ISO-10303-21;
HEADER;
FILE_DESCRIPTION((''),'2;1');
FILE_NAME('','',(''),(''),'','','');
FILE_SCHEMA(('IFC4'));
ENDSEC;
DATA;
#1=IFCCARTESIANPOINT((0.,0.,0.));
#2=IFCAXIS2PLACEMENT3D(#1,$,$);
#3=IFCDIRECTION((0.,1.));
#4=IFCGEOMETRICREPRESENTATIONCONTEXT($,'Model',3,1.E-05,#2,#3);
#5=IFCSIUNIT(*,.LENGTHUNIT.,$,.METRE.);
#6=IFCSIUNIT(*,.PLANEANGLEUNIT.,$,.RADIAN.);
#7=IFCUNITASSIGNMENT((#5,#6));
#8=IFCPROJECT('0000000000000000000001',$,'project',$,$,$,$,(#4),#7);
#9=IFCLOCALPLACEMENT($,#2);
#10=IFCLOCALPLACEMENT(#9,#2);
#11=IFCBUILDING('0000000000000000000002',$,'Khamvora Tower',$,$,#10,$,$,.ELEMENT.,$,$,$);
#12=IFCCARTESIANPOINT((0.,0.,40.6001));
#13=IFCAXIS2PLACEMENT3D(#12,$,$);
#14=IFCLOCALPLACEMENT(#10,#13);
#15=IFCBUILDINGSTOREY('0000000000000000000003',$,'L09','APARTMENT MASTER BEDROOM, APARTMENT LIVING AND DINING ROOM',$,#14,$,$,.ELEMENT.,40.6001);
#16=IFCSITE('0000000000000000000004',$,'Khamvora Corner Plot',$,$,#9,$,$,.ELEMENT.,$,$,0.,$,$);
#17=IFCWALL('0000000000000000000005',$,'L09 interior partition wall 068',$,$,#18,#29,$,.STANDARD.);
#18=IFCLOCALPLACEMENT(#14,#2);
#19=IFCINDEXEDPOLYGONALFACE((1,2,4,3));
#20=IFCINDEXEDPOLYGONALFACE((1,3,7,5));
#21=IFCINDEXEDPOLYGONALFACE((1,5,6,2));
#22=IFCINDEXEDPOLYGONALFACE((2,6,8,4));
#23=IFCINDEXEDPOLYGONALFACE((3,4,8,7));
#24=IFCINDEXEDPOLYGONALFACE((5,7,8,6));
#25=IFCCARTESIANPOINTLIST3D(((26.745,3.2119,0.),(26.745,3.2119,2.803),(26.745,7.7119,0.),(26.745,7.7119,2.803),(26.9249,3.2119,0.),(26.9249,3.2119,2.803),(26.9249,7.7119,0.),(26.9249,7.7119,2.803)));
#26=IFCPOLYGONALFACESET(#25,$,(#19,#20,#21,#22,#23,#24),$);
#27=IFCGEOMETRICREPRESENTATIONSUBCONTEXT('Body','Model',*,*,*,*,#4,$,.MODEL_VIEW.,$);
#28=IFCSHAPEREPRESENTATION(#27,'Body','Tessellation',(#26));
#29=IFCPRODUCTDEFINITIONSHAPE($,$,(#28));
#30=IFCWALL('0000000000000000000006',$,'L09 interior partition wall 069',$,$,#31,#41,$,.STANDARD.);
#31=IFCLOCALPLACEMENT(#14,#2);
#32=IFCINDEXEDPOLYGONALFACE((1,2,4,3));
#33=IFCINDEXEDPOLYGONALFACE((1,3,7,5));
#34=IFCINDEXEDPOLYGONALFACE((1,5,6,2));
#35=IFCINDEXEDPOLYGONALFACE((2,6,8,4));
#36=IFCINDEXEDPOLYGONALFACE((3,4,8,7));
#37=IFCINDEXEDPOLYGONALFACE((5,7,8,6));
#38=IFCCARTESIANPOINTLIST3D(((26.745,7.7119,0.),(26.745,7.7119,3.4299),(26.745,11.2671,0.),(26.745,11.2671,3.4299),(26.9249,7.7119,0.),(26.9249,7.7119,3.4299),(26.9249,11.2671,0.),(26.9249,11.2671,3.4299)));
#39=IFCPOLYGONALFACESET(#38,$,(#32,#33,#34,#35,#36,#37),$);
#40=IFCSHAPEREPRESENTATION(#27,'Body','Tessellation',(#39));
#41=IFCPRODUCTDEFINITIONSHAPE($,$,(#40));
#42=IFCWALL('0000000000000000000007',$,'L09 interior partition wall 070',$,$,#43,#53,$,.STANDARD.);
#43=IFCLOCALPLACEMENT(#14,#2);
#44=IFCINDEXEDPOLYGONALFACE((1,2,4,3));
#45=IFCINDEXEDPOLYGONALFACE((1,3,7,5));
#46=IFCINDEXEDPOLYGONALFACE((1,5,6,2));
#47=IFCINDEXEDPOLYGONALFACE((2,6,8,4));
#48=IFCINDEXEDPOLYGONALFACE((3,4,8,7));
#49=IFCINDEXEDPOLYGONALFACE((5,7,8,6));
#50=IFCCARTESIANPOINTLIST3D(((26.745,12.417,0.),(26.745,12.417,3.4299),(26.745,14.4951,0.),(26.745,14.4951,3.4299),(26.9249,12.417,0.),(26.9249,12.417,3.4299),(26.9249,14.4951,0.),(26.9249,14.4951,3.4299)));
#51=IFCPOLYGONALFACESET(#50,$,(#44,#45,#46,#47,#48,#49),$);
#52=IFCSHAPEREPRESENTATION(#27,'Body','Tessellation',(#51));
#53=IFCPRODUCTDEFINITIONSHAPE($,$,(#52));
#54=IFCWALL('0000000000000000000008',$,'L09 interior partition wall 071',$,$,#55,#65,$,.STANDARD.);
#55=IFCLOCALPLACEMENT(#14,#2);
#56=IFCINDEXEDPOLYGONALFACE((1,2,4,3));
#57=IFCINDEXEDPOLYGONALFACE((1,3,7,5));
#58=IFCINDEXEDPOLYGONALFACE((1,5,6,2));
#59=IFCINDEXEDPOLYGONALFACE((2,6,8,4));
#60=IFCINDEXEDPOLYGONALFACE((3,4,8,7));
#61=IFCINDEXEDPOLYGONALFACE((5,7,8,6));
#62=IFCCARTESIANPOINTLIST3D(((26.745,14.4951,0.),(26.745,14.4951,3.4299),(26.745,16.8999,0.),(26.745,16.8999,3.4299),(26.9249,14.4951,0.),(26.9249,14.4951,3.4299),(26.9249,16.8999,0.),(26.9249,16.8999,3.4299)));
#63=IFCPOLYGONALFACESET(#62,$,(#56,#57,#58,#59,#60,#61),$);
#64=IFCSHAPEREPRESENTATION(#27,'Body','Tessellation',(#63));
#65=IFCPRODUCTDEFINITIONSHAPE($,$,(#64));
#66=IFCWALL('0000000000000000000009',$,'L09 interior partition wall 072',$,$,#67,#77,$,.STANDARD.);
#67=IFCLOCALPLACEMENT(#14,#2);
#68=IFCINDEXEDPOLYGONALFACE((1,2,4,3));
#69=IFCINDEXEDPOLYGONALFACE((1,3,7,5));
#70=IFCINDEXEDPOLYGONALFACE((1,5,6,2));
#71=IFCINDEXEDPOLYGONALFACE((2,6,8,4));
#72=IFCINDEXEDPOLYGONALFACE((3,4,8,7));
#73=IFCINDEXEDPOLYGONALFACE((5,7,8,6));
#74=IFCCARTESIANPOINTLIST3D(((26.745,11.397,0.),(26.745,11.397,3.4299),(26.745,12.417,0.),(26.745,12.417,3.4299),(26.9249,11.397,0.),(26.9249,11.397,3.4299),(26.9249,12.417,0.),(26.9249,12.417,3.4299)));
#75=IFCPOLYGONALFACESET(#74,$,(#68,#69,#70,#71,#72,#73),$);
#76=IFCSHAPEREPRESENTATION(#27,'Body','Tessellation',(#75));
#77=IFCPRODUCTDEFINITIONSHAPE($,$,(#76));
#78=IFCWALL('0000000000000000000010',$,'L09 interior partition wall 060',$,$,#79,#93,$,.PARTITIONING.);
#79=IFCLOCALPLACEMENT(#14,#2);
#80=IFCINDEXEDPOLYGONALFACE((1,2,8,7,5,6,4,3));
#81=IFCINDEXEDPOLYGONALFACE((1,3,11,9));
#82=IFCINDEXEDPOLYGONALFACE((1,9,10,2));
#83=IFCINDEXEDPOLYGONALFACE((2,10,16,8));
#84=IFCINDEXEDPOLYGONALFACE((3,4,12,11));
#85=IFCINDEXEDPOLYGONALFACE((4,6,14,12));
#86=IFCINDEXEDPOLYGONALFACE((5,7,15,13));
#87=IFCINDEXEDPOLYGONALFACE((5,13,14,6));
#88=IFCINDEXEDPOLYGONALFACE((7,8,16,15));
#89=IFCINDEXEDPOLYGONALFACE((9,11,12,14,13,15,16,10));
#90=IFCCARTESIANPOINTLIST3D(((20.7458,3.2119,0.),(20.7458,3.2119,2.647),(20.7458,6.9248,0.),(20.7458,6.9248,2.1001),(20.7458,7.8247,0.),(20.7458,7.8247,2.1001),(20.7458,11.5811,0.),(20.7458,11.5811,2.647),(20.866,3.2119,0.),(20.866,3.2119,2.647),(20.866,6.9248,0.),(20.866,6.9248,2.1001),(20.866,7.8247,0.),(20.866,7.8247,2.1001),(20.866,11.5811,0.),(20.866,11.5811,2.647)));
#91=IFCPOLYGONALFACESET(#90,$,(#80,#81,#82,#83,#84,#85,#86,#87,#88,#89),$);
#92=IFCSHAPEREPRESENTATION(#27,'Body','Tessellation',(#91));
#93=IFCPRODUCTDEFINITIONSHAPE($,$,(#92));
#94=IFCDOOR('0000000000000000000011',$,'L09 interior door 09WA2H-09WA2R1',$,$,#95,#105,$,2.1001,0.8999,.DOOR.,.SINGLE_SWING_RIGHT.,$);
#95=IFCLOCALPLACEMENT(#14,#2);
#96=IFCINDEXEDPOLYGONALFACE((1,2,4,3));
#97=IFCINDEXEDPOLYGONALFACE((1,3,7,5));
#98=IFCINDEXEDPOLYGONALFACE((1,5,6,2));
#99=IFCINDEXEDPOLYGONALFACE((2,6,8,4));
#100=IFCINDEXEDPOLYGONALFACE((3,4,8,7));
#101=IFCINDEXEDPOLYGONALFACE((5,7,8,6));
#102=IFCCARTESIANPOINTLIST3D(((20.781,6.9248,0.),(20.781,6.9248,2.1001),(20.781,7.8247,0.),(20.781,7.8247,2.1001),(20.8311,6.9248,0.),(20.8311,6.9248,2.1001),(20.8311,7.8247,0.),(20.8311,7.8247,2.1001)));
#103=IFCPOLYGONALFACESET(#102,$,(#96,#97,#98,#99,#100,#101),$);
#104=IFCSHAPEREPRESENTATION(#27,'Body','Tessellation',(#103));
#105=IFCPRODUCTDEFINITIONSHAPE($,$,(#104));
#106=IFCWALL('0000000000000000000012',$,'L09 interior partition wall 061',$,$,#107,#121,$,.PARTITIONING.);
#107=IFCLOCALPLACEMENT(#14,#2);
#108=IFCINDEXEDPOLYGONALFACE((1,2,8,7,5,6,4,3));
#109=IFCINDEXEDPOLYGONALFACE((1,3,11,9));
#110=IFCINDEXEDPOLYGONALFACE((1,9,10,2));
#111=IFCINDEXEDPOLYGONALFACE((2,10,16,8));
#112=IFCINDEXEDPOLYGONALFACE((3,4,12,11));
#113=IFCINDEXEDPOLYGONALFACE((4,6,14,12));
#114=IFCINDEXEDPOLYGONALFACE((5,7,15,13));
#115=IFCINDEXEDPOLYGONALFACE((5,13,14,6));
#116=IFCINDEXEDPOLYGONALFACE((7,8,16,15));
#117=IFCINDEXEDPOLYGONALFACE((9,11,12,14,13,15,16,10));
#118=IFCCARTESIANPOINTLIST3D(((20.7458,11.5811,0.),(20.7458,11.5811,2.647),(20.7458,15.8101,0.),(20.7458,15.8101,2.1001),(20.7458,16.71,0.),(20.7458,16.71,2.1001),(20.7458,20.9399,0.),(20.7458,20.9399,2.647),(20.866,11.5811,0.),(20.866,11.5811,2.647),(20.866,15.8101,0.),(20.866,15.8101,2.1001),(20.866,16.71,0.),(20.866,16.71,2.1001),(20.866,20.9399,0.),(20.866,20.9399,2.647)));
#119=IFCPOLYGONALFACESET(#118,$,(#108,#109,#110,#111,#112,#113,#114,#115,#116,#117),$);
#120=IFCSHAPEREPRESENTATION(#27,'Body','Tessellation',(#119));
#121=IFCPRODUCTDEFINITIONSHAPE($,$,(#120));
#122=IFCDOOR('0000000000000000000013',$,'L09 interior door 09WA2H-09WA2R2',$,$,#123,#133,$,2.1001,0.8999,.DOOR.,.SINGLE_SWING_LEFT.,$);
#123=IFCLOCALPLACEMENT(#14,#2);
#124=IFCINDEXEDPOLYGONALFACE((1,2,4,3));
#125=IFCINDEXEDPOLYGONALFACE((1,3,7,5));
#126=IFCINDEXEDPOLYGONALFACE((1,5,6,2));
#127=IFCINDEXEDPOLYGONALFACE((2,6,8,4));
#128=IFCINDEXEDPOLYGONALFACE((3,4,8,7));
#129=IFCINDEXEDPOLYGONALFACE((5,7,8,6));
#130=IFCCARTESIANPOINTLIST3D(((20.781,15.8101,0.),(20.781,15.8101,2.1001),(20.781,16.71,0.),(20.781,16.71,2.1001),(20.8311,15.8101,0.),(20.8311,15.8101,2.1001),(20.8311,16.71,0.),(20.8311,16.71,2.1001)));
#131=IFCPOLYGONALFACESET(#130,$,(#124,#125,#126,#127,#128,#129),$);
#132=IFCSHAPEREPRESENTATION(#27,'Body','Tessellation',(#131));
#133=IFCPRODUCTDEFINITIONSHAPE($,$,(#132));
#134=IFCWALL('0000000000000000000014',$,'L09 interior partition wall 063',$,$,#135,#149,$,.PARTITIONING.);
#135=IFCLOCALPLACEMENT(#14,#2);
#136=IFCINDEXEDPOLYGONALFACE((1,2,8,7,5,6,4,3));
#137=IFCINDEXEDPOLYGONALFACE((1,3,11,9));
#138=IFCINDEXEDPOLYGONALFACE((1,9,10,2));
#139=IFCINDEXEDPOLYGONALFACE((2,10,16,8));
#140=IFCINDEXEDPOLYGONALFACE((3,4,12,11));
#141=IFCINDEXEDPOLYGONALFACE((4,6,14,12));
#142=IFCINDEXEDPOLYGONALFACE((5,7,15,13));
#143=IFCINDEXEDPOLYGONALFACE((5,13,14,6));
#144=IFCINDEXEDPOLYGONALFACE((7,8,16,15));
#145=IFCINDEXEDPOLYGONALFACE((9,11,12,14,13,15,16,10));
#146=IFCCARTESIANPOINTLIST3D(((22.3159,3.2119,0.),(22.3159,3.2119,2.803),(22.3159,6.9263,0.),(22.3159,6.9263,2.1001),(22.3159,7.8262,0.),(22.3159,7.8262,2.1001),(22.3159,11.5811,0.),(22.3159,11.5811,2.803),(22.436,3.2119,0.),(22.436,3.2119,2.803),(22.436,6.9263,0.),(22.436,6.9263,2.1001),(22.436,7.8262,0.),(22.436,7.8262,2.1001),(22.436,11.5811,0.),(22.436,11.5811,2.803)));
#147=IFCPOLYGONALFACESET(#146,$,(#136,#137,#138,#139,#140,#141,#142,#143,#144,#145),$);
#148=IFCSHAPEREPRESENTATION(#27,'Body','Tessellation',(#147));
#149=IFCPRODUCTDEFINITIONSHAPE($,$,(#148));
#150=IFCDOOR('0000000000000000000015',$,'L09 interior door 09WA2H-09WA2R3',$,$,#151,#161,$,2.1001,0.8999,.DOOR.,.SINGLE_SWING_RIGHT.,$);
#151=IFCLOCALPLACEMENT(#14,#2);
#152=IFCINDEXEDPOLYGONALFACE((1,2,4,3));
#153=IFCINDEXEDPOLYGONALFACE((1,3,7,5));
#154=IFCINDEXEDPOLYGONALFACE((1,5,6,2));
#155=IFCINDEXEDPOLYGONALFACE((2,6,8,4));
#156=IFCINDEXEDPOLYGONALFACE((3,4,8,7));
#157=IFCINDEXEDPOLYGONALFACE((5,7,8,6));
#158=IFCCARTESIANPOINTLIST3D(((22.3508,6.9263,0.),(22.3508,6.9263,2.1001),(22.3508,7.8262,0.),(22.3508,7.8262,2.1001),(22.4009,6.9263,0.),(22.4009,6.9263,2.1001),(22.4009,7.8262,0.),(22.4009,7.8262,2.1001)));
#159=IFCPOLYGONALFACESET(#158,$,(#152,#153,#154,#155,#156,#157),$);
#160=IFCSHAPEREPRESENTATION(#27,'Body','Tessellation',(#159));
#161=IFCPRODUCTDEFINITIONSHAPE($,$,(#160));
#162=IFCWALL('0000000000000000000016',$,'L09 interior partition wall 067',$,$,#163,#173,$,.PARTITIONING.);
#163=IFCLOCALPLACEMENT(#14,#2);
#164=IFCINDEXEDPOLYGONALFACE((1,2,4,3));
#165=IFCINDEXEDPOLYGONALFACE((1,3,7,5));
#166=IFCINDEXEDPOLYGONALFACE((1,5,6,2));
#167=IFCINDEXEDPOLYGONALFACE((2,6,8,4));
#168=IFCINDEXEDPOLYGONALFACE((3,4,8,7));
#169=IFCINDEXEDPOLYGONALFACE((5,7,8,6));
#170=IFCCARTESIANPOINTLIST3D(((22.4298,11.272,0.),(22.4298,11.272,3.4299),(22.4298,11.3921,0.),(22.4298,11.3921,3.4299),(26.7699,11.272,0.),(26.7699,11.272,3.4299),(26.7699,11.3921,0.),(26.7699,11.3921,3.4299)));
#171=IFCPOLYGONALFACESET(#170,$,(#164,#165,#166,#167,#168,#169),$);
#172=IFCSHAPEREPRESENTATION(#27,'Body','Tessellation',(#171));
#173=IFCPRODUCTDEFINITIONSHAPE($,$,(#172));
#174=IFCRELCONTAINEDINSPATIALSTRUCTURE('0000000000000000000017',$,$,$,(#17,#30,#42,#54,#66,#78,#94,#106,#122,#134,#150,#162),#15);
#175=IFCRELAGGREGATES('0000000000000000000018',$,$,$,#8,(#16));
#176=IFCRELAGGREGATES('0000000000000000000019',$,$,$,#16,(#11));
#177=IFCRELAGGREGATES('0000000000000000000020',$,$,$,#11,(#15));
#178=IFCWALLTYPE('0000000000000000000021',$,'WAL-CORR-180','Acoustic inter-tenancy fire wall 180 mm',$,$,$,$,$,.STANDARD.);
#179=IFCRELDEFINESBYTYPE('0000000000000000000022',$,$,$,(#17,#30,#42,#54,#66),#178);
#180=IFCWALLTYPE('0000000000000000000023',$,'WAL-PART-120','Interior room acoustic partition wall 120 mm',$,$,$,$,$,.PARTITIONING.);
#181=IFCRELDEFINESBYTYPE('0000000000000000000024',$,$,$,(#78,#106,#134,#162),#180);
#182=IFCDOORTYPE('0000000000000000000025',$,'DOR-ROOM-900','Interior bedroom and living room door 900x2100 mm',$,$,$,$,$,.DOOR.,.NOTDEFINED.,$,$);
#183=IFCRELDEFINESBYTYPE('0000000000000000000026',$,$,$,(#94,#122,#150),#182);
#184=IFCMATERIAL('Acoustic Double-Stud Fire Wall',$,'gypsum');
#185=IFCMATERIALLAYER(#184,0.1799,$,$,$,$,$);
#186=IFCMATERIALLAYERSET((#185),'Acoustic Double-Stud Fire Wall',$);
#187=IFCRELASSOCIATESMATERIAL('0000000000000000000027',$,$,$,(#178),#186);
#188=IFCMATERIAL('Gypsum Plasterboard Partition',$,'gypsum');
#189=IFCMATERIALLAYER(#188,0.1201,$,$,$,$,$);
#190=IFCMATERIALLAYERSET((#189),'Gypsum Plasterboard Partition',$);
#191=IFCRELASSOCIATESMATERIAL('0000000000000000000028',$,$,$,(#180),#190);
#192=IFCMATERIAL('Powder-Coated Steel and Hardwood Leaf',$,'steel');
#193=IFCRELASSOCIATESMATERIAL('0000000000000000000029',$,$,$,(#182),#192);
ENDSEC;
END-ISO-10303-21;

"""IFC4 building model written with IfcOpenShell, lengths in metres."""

from ifc_helpers import new_model, si_unit, direction, frame, frame_2d, origin, place, context, subcontext, project, spatial, rectangle, extrude, material, layer, layer_set, type_object, element, fill, save


model = new_model("IFC4")

# Units and contexts
model_context = context("Model", 3, precision=1e-05, world=origin(), true_north=direction((0.0, 1.0)))
body_context = subcontext(model_context, "Body", "Model", "MODEL_VIEW")
ifc_project = project(units=[si_unit("LENGTHUNIT", "METRE"), si_unit("PLANEANGLEUNIT", "RADIAN")], contexts=[model_context])

# Site, building, storey
site_placement = place(None, origin())
site = spatial("IfcSite", under=ifc_project, at=site_placement, Name="Khamvora Corner Plot", CompositionType="ELEMENT", RefElevation=0.0)
building_placement = place(site_placement, origin())
building = spatial("IfcBuilding", under=site, at=building_placement, Name="Khamvora Tower", CompositionType="ELEMENT")
storey_placement = place(building_placement, frame((0.0, 0.0, 40.6001)))
storey = spatial("IfcBuildingStorey", under=building, at=storey_placement, Name="L09", Description="APARTMENT MASTER BEDROOM, APARTMENT LIVING AND DINING ROOM", CompositionType="ELEMENT", Elevation=40.6001)

# Walls
ifc_material_1 = material(Name="Acoustic Double-Stud Fire Wall", Category="gypsum")
ifc_layer_1 = layer(ifc_material_1, 0.1799)
ifc_layer_set_1 = layer_set([ifc_layer_1], Name="Acoustic Double-Stud Fire Wall")
wall_type_1 = type_object("IfcWallType", Name="WAL-CORR-180", Description="Acoustic inter-tenancy fire wall 180 mm", PredefinedType="STANDARD", material=ifc_layer_set_1)
wall_1_placement = place(storey_placement, frame((26.835, 7.7119, 0.0), z_axis=(0.0, 0.0, 1.0), x_axis=(0.0, -1.0, 0.0)))
element("IfcWall", 1, at=wall_1_placement, inside=storey, type_object=wall_type_1, Name="L09 interior partition wall 068", PredefinedType="STANDARD", context=body_context, shape_type="SweptSolid", body=[
    extrude(rectangle(XDim=4.5, YDim=0.1799, at=frame_2d((2.25, 0.0))), origin(), (0.0, 0.0, 1.0), 2.803),
])
wall_2_placement = place(storey_placement, frame((26.835, 11.2671, 0.0), z_axis=(0.0, 0.0, 1.0), x_axis=(0.0, -1.0, 0.0)))
element("IfcWall", 2, at=wall_2_placement, inside=storey, type_object=wall_type_1, Name="L09 interior partition wall 069", PredefinedType="STANDARD", context=body_context, shape_type="SweptSolid", body=[
    extrude(rectangle(XDim=3.5552, YDim=0.1799, at=frame_2d((1.7776, 0.0))), origin(), (0.0, 0.0, 1.0), 3.4299),
])
wall_3_placement = place(storey_placement, frame((26.835, 14.4951, 0.0), z_axis=(0.0, 0.0, 1.0), x_axis=(0.0, -1.0, 0.0)))
element("IfcWall", 3, at=wall_3_placement, inside=storey, type_object=wall_type_1, Name="L09 interior partition wall 070", PredefinedType="STANDARD", context=body_context, shape_type="SweptSolid", body=[
    extrude(rectangle(XDim=2.0781, YDim=0.1799, at=frame_2d((1.0391, 0.0))), origin(), (0.0, 0.0, 1.0), 3.4299),
])
wall_4_placement = place(storey_placement, frame((26.835, 16.8999, 0.0), z_axis=(0.0, 0.0, 1.0), x_axis=(0.0, -1.0, 0.0)))
element("IfcWall", 4, at=wall_4_placement, inside=storey, type_object=wall_type_1, Name="L09 interior partition wall 071", PredefinedType="STANDARD", context=body_context, shape_type="SweptSolid", body=[
    extrude(rectangle(XDim=2.4048, YDim=0.1799, at=frame_2d((1.2024, 0.0))), origin(), (0.0, 0.0, 1.0), 3.4299),
])
wall_5_placement = place(storey_placement, frame((26.835, 12.417, 0.0), z_axis=(0.0, 0.0, 1.0), x_axis=(0.0, -1.0, 0.0)))
element("IfcWall", 5, at=wall_5_placement, inside=storey, type_object=wall_type_1, Name="L09 interior partition wall 072", PredefinedType="STANDARD", context=body_context, shape_type="SweptSolid", body=[
    extrude(rectangle(XDim=1.02, YDim=0.1799, at=frame_2d((0.51, 0.0))), origin(), (0.0, 0.0, 1.0), 3.4299),
])

# Walls, openings, doors
ifc_material_2 = material(Name="Gypsum Plasterboard Partition", Category="gypsum")
ifc_layer_2 = layer(ifc_material_2, 0.1201)
ifc_layer_set_2 = layer_set([ifc_layer_2], Name="Gypsum Plasterboard Partition")
wall_type_2 = type_object("IfcWallType", Name="WAL-PART-120", Description="Interior room acoustic partition wall 120 mm", PredefinedType="PARTITIONING", material=ifc_layer_set_2)
wall_6_placement = place(storey_placement, frame((20.8059, 3.2119, 0.0), z_axis=(0.0, 0.0, 1.0), x_axis=(0.0, 1.0, 0.0)))
wall_6 = element("IfcWall", 6, at=wall_6_placement, inside=storey, type_object=wall_type_2, Name="L09 interior partition wall 060", PredefinedType="PARTITIONING", context=body_context, shape_type="SweptSolid", body=[
    extrude(rectangle(XDim=8.3691, YDim=0.1201, at=frame_2d((4.1846, 0.0))), origin(), (0.0, 0.0, 1.0), 2.647),
])
opening_1_placement = place(wall_6_placement, frame((3.7129, 0.0, 0.0)))
opening_1 = element("IfcOpeningElement", 7, at=opening_1_placement, cuts=wall_6, PredefinedType="OPENING", context=body_context, shape_type="SweptSolid", body=[
    extrude(rectangle(XDim=0.8999, YDim=2.1001, at=frame_2d((0.45, 1.05))), frame((0.0, 0.0701, 0.0), z_axis=(0.0, -1.0, 0.0), x_axis=(1.0, 0.0, 0.0)), (0.0, 0.0, 1.0), 0.1401),
])
ifc_material_3 = material(Name="Powder-Coated Steel and Hardwood Leaf", Category="steel")
door_type_1 = type_object("IfcDoorType", Name="DOR-ROOM-900", Description="Interior bedroom and living room door 900x2100 mm", OperationType="NOTDEFINED", PredefinedType="DOOR", material=ifc_material_3)
door_1_placement = place(opening_1_placement, origin())
door_1 = element("IfcDoor", 8, at=door_1_placement, inside=storey, type_object=door_type_1, Name="L09 interior door 09WA2H-09WA2R1", OperationType="SINGLE_SWING_RIGHT", OverallHeight=2.1001, OverallWidth=0.8999, PredefinedType="DOOR", context=body_context, shape_type="SweptSolid", body=[
    extrude(rectangle(XDim=0.8999, YDim=2.1001, at=frame_2d((0.45, 1.05))), frame((0.0, 0.0249, 0.0), z_axis=(0.0, -1.0, 0.0), x_axis=(1.0, 0.0, 0.0)), (0.0, 0.0, 1.0), 0.05),
])
fill(opening_1, door_1)
wall_7_placement = place(storey_placement, frame((20.8059, 11.5811, 0.0), z_axis=(0.0, 0.0, 1.0), x_axis=(0.0, 1.0, 0.0)))
wall_7 = element("IfcWall", 9, at=wall_7_placement, inside=storey, type_object=wall_type_2, Name="L09 interior partition wall 061", PredefinedType="PARTITIONING", context=body_context, shape_type="SweptSolid", body=[
    extrude(rectangle(XDim=9.3589, YDim=0.1201, at=frame_2d((4.6794, 0.0))), origin(), (0.0, 0.0, 1.0), 2.647),
])
opening_2_placement = place(wall_7_placement, frame((4.229, 0.0, 0.0)))
opening_2 = element("IfcOpeningElement", 10, at=opening_2_placement, cuts=wall_7, PredefinedType="OPENING", context=body_context, shape_type="SweptSolid", body=[
    extrude(rectangle(XDim=0.8999, YDim=2.1001, at=frame_2d((0.45, 1.05))), frame((0.0, 0.0701, 0.0), z_axis=(0.0, -1.0, 0.0), x_axis=(1.0, 0.0, 0.0)), (0.0, 0.0, 1.0), 0.1401),
])
door_2_placement = place(opening_2_placement, origin())
door_2 = element("IfcDoor", 11, at=door_2_placement, inside=storey, type_object=door_type_1, Name="L09 interior door 09WA2H-09WA2R2", OperationType="SINGLE_SWING_LEFT", OverallHeight=2.1001, OverallWidth=0.8999, PredefinedType="DOOR", context=body_context, shape_type="SweptSolid", body=[
    extrude(rectangle(XDim=0.8999, YDim=2.1001, at=frame_2d((0.45, 1.05))), frame((0.0, 0.0249, 0.0), z_axis=(0.0, -1.0, 0.0), x_axis=(1.0, 0.0, 0.0)), (0.0, 0.0, 1.0), 0.05),
])
fill(opening_2, door_2)
wall_8_placement = place(storey_placement, frame((22.376, 11.5811, 0.0), z_axis=(0.0, 0.0, 1.0), x_axis=(0.0, -1.0, 0.0)))
wall_8 = element("IfcWall", 12, at=wall_8_placement, inside=storey, type_object=wall_type_2, Name="L09 interior partition wall 063", PredefinedType="PARTITIONING", context=body_context, shape_type="SweptSolid", body=[
    extrude(rectangle(XDim=8.3691, YDim=0.1201, at=frame_2d((4.1846, 0.0))), origin(), (0.0, 0.0, 1.0), 2.803),
])
opening_3_placement = place(wall_8_placement, frame((3.7549, 0.0, 0.0)))
opening_3 = element("IfcOpeningElement", 13, at=opening_3_placement, cuts=wall_8, PredefinedType="OPENING", context=body_context, shape_type="SweptSolid", body=[
    extrude(rectangle(XDim=0.8999, YDim=2.1001, at=frame_2d((0.45, 1.05))), frame((0.0, 0.0701, 0.0), z_axis=(0.0, -1.0, 0.0), x_axis=(1.0, 0.0, 0.0)), (0.0, 0.0, 1.0), 0.1401),
])
door_3_placement = place(opening_3_placement, origin())
door_3 = element("IfcDoor", 14, at=door_3_placement, inside=storey, type_object=door_type_1, Name="L09 interior door 09WA2H-09WA2R3", OperationType="SINGLE_SWING_RIGHT", OverallHeight=2.1001, OverallWidth=0.8999, PredefinedType="DOOR", context=body_context, shape_type="SweptSolid", body=[
    extrude(rectangle(XDim=0.8999, YDim=2.1001, at=frame_2d((0.45, 1.05))), frame((0.0, 0.0249, 0.0), z_axis=(0.0, -1.0, 0.0), x_axis=(1.0, 0.0, 0.0)), (0.0, 0.0, 1.0), 0.05),
])
fill(opening_3, door_3)

# Wall
wall_9_placement = place(storey_placement, frame((22.4299, 11.332, 0.0), z_axis=(0.0, 0.0, 1.0), x_axis=(1.0, 0.0, 0.0)))
element("IfcWall", 15, at=wall_9_placement, inside=storey, type_object=wall_type_2, Name="L09 interior partition wall 067", PredefinedType="PARTITIONING", context=body_context, shape_type="SweptSolid", body=[
    extrude(rectangle(XDim=4.3401, YDim=0.1201, at=frame_2d((2.1699, 0.0))), origin(), (0.0, 0.0, 1.0), 3.4299),
])

save(model, "model.ifc")
